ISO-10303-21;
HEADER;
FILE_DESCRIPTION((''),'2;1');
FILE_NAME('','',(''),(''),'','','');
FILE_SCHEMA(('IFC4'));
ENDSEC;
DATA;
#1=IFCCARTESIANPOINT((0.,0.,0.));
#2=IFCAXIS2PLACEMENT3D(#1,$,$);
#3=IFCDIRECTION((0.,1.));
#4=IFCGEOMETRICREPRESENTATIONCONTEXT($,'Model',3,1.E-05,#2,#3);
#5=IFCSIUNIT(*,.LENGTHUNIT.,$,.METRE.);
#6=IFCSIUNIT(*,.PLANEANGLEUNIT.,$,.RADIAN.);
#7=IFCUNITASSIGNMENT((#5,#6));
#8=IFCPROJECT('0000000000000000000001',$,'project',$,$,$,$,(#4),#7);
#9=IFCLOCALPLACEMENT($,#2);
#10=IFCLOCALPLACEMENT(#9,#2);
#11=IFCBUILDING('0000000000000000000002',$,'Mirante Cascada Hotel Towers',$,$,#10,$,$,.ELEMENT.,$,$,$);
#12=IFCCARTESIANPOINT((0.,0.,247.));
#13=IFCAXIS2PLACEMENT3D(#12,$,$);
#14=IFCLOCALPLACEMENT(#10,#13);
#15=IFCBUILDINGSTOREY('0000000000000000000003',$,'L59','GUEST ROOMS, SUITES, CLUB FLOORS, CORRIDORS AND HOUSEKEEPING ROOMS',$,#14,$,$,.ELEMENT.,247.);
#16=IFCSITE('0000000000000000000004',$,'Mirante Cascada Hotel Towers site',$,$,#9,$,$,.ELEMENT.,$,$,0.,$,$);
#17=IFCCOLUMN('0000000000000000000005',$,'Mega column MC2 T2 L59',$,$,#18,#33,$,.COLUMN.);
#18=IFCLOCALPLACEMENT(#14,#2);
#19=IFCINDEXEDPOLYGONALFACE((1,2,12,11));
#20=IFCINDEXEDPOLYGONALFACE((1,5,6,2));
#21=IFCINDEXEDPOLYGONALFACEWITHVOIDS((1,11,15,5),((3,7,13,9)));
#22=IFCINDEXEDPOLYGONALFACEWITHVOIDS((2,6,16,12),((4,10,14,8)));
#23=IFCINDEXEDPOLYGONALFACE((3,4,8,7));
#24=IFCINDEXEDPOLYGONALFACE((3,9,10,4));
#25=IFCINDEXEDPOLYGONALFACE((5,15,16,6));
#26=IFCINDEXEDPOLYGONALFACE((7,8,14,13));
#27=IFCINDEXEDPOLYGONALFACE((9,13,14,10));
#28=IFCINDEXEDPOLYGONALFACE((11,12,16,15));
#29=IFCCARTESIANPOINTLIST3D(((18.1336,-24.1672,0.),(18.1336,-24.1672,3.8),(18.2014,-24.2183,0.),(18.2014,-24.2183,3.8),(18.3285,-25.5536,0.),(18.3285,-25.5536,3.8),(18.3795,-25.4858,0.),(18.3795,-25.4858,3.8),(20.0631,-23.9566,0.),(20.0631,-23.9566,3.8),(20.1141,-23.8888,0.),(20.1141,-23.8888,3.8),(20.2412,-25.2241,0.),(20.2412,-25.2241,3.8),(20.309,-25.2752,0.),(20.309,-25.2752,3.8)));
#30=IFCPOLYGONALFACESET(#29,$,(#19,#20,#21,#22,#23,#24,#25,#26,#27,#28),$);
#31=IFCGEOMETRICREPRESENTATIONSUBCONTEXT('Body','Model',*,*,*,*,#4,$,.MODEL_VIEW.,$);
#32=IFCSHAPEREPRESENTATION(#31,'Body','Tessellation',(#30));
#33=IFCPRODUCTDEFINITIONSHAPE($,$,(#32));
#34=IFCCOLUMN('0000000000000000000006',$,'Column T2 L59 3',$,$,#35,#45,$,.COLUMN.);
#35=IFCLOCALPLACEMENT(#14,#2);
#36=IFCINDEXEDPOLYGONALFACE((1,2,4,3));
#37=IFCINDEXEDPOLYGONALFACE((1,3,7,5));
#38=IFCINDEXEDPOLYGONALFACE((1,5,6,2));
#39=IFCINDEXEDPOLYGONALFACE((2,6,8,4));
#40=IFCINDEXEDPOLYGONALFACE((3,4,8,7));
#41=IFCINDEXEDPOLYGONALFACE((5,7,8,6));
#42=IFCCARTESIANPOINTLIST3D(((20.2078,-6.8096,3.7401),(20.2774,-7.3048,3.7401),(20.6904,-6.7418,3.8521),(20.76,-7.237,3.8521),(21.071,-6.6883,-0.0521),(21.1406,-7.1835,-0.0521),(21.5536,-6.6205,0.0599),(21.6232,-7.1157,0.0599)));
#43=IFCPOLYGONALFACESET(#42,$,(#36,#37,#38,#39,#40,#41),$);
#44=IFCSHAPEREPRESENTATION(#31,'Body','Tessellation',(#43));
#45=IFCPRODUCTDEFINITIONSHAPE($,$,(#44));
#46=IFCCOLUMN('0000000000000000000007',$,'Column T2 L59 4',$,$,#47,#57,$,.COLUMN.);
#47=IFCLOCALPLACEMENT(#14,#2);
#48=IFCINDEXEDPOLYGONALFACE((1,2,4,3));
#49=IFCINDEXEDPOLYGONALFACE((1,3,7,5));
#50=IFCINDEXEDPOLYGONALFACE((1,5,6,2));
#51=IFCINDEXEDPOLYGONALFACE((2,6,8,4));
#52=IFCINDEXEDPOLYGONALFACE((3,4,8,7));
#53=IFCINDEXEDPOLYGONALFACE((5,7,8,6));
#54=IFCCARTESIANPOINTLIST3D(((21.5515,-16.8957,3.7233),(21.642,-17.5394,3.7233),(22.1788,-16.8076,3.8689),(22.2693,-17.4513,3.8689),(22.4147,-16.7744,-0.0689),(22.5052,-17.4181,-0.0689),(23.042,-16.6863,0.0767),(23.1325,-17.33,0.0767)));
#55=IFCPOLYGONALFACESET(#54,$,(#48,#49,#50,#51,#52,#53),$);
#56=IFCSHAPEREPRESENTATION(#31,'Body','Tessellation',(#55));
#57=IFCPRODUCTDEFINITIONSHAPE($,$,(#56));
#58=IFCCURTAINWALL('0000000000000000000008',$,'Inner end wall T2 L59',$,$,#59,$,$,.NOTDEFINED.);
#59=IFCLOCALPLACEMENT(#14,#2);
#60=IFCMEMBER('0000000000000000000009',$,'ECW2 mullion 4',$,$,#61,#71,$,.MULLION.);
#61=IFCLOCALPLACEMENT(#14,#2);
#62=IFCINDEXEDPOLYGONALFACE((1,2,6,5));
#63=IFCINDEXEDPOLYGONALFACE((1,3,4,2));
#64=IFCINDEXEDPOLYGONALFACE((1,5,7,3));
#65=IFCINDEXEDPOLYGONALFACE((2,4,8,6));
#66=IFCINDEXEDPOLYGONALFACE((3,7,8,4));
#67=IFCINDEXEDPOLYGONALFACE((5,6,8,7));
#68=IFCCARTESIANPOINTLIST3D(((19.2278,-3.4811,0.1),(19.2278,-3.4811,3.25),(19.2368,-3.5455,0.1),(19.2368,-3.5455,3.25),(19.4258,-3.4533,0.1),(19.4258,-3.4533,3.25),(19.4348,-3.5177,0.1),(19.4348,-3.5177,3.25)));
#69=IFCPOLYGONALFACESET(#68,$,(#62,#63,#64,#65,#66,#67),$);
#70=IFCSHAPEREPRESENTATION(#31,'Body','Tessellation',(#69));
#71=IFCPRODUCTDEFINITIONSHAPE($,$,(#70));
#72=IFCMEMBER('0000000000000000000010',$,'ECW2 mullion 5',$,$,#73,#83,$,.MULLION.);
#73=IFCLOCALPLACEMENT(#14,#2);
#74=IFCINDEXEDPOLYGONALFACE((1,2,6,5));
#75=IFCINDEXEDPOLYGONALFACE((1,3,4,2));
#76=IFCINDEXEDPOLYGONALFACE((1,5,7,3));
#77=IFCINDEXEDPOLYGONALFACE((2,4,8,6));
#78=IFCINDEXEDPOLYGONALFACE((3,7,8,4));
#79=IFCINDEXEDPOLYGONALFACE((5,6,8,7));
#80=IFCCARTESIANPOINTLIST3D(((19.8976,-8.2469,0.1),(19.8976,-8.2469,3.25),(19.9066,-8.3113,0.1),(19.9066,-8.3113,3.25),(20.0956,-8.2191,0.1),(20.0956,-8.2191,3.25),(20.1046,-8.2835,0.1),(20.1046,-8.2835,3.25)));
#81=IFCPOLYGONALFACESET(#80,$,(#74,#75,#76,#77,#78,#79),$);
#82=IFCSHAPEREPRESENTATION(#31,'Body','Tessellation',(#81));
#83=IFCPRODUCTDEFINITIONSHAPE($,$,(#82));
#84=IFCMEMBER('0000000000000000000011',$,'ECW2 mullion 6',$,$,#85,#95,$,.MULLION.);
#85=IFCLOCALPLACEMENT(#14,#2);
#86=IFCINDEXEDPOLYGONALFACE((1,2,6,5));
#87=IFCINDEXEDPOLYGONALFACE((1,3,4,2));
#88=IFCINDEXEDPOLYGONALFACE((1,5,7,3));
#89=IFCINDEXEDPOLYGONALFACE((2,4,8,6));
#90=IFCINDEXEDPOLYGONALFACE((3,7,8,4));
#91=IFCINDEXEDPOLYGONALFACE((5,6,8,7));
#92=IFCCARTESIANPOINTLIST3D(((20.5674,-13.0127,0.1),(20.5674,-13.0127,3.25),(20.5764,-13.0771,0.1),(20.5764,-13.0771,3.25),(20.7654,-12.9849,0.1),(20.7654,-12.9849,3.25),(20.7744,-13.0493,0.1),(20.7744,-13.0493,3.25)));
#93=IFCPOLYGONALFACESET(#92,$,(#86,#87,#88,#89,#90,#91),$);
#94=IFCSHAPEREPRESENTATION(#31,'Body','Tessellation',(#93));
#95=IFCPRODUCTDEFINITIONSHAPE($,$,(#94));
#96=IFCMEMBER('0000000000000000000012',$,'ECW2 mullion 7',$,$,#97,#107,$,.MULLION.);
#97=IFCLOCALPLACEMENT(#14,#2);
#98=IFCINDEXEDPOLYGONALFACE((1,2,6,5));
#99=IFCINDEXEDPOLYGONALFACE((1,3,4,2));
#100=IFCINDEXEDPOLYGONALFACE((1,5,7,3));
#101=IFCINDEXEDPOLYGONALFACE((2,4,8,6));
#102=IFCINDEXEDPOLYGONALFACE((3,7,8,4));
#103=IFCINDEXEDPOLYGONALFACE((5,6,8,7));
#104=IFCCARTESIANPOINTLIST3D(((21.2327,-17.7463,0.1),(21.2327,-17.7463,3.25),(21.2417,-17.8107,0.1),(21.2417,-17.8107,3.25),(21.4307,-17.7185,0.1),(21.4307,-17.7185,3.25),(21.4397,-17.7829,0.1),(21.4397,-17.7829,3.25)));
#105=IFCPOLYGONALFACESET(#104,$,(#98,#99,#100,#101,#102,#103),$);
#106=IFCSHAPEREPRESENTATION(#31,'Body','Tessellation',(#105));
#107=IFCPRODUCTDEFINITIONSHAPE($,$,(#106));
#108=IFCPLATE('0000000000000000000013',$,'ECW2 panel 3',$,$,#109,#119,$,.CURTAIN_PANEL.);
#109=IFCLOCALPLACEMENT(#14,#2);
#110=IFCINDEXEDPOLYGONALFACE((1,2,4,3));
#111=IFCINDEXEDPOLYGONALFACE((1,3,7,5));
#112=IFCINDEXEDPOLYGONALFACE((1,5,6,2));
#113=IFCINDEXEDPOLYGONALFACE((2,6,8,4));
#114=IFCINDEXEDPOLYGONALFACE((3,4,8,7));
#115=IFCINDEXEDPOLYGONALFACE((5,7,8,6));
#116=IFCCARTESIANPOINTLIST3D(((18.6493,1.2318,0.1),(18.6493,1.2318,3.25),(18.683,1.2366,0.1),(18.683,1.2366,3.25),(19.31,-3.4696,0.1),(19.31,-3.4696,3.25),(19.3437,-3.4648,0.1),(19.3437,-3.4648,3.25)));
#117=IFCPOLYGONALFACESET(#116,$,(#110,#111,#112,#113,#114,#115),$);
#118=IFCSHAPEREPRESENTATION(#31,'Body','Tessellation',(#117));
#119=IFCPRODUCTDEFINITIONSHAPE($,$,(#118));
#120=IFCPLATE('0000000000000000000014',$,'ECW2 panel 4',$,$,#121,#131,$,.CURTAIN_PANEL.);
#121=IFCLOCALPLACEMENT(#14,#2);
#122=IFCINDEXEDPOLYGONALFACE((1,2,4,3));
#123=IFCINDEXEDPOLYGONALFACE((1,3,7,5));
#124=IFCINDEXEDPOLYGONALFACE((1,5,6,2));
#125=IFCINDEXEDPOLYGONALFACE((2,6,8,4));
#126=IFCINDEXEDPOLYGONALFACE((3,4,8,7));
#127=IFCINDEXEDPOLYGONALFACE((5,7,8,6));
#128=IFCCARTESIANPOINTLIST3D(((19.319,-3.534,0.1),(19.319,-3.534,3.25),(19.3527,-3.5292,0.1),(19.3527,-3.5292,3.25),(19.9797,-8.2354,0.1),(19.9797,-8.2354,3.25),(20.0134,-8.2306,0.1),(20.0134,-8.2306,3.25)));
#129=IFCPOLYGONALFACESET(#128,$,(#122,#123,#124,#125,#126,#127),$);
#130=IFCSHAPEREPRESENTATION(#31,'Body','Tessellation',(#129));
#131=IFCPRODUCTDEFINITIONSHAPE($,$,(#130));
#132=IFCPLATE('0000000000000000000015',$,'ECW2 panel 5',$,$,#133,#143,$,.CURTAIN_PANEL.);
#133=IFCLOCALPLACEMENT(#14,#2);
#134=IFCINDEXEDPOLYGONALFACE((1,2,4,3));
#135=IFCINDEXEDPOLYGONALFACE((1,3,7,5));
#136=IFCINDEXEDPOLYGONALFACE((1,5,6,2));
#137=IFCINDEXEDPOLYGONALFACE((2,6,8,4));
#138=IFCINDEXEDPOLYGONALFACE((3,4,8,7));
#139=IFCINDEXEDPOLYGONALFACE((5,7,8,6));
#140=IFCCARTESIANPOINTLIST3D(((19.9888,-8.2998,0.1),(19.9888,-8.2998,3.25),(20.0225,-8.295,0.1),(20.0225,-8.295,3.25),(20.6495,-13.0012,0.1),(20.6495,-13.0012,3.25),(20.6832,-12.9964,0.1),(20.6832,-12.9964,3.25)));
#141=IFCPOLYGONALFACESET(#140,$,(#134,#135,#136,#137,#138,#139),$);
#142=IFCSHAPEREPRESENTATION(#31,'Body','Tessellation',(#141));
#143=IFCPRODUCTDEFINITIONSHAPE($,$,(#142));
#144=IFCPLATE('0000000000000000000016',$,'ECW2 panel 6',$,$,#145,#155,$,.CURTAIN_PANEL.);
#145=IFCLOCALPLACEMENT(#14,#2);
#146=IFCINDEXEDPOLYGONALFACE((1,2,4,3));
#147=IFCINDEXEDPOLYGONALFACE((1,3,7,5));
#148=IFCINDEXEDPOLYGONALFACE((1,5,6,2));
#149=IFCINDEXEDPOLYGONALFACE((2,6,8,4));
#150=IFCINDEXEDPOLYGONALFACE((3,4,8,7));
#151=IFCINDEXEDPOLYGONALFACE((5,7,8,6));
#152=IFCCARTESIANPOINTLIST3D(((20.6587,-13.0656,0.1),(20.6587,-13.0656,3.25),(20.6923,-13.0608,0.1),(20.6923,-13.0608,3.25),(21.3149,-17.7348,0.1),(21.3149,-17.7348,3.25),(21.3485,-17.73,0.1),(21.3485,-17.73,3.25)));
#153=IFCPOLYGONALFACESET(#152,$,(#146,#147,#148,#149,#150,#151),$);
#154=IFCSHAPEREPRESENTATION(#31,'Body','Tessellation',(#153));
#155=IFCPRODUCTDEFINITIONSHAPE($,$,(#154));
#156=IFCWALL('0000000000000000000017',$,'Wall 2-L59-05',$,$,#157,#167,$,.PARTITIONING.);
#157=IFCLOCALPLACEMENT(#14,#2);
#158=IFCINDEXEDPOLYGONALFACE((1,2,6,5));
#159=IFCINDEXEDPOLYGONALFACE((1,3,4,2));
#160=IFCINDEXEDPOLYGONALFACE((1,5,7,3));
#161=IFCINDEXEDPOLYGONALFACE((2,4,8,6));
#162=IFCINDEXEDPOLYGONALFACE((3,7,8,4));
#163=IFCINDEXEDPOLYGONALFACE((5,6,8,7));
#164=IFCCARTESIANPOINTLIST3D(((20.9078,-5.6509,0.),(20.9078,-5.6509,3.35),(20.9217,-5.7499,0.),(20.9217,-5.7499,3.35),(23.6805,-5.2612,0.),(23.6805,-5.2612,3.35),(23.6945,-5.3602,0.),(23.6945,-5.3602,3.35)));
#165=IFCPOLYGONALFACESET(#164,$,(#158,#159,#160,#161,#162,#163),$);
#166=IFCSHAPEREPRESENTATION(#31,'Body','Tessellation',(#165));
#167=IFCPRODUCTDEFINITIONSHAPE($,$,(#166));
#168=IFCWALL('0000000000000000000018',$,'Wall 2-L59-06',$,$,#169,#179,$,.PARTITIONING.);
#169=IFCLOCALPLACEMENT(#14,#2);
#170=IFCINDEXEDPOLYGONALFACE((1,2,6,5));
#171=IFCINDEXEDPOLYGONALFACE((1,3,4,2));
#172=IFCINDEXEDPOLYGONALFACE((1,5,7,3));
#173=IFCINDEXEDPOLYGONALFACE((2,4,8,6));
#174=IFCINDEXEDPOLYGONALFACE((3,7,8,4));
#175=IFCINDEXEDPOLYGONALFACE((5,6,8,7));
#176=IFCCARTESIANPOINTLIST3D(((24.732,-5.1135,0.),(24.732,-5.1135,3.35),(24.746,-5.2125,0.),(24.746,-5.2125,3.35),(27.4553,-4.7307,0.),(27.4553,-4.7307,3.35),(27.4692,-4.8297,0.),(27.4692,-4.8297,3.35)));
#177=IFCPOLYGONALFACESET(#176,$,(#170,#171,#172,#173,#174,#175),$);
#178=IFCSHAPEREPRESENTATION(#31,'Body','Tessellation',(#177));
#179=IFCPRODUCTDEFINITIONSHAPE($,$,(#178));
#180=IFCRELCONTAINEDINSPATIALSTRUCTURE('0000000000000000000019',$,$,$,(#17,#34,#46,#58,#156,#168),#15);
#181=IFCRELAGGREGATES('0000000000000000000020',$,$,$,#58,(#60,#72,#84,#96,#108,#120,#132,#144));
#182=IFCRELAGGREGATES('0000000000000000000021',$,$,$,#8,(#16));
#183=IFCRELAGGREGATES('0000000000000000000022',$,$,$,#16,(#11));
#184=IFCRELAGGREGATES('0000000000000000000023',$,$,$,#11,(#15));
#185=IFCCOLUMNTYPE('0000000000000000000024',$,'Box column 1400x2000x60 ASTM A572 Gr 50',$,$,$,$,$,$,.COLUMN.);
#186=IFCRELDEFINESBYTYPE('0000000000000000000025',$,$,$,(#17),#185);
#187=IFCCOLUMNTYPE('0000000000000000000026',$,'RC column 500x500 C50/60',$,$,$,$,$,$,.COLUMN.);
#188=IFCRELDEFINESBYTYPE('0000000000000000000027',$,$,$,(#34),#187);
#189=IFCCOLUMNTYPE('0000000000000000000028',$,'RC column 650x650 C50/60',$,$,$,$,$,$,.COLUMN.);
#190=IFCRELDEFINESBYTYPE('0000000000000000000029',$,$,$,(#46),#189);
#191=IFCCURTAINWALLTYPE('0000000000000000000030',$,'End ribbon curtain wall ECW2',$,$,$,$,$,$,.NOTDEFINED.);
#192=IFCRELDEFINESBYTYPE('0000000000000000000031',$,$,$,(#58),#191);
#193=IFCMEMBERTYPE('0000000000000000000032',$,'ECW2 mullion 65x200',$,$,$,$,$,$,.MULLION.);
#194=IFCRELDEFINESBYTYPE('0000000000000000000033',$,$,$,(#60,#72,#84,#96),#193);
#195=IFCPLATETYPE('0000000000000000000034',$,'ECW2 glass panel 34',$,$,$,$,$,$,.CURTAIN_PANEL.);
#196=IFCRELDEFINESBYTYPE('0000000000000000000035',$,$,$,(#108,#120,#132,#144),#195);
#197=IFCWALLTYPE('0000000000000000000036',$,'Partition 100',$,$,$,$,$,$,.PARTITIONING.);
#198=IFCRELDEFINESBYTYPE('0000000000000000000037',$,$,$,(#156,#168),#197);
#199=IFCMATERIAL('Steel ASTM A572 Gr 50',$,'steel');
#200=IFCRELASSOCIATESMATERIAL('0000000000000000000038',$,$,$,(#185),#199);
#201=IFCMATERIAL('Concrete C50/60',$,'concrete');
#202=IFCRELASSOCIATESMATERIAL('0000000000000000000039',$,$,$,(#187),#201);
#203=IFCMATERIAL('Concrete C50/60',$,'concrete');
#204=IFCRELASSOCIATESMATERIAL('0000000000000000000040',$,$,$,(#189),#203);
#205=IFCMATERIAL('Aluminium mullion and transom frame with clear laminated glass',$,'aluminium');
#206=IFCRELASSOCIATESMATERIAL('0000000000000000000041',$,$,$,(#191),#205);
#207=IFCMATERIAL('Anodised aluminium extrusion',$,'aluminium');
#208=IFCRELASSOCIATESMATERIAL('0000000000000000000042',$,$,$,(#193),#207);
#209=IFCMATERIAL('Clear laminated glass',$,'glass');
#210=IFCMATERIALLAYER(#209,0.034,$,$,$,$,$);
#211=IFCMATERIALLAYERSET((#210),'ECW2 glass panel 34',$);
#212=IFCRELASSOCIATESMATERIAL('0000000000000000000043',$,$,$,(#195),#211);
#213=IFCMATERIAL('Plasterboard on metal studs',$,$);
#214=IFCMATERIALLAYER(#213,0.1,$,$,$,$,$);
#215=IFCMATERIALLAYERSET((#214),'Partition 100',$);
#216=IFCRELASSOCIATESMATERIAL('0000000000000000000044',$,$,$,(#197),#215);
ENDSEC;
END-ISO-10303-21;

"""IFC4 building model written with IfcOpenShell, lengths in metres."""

from ifc_helpers import new_model, si_unit, direction, frame, frame_2d, origin, origin_2d, place, context, subcontext, project, spatial, rectangle, hollow_rectangle, extrude, material, layer, layer_set, material_profile, profile_set, type_object, element, aggregate, save


model = new_model("IFC4")

# Units and contexts
model_context = context("Model", 3, precision=1e-05, world=origin(), true_north=direction((0.0, 1.0)))
body_context = subcontext(model_context, "Body", "Model", "MODEL_VIEW")
ifc_project = project(units=[si_unit("LENGTHUNIT", "METRE"), si_unit("PLANEANGLEUNIT", "RADIAN")], contexts=[model_context])

# Site, building, storey
site_placement = place(None, origin())
site = spatial("IfcSite", under=ifc_project, at=site_placement, Name="Mirante Cascada Hotel Towers site", CompositionType="ELEMENT", RefElevation=0.0)
building_placement = place(site_placement, origin())
building = spatial("IfcBuilding", under=site, at=building_placement, Name="Mirante Cascada Hotel Towers", CompositionType="ELEMENT")
storey_placement = place(building_placement, frame((0.0, 0.0, 247.0)))
storey = spatial("IfcBuildingStorey", under=building, at=storey_placement, Name="L59", Description="GUEST ROOMS, SUITES, CLUB FLOORS, CORRIDORS AND HOUSEKEEPING ROOMS", CompositionType="ELEMENT", Elevation=247.0)

# Columns
ifc_material_1 = material(Name="Steel ASTM A572 Gr 50", Category="steel")
ifc_material_profile_1 = material_profile(ifc_material_1, hollow_rectangle(XDim=2.0, YDim=1.4, WallThickness=0.06, at=origin_2d()), Name="Box column 1400x2000x60 ASTM A572 Gr 50")
ifc_profile_set_1 = profile_set([ifc_material_profile_1], Name="Steel ASTM A572 Gr 50")
column_type_1 = type_object("IfcColumnType", Name="Box column 1400x2000x60 ASTM A572 Gr 50", PredefinedType="COLUMN", material=ifc_profile_set_1)
column_1_placement = place(storey_placement, frame((19.2213, -24.7212, 0.0), z_axis=(0.0, 0.0, 1.0), x_axis=(0.990268, 0.139173, 0.0)))
element("IfcColumn", 1, at=column_1_placement, inside=storey, type_object=column_type_1, Name="Mega column MC2 T2 L59", PredefinedType="COLUMN", context=body_context, shape_type="SweptSolid", body=[
    extrude(hollow_rectangle(XDim=2.0, YDim=1.4, WallThickness=0.06, at=origin_2d()), origin(), (0.0, 0.0, 1.0), 3.8),
])
ifc_material_2 = material(Name="Concrete C50/60", Category="concrete")
ifc_material_profile_2 = material_profile(ifc_material_2, rectangle(XDim=0.5, YDim=0.5, at=origin_2d()), Name="RC column 500x500 C50/60")
ifc_profile_set_2 = profile_set([ifc_material_profile_2], Name="Concrete C50/60")
column_type_2 = type_object("IfcColumnType", Name="RC column 500x500 C50/60", PredefinedType="COLUMN", material=ifc_profile_set_2)
column_2_placement = place(storey_placement, frame((21.3471, -6.902, 0.0039), z_axis=(-0.22184, -0.031174, 0.974585), x_axis=(0.139156, -0.99027, 0.0)))
element("IfcColumn", 2, at=column_2_placement, inside=storey, type_object=column_type_2, Name="Column T2 L59 3", PredefinedType="COLUMN", context=body_context, shape_type="SweptSolid", body=[
    extrude(rectangle(XDim=0.5, YDim=0.5, at=origin_2d()), origin(), (0.0, 0.0, 1.0), 3.8911),
])
ifc_material_3 = material(Name="Concrete C50/60", Category="concrete")
ifc_material_profile_3 = material_profile(ifc_material_3, rectangle(XDim=0.65, YDim=0.65, at=origin_2d()), Name="RC column 650x650 C50/60")
ifc_profile_set_3 = profile_set([ifc_material_profile_3], Name="Concrete C50/60")
column_type_3 = type_object("IfcColumnType", Name="RC column 650x650 C50/60", PredefinedType="COLUMN", material=ifc_profile_set_3)
column_3_placement = place(storey_placement, frame((22.7736, -17.0522, 0.0039), z_axis=(-0.22184, -0.031174, 0.974585), x_axis=(0.139156, -0.99027, 0.0)))
element("IfcColumn", 3, at=column_3_placement, inside=storey, type_object=column_type_3, Name="Column T2 L59 4", PredefinedType="COLUMN", context=body_context, shape_type="SweptSolid", body=[
    extrude(rectangle(XDim=0.65, YDim=0.65, at=origin_2d()), origin(), (0.0, 0.0, 1.0), 3.8911),
])

# Curtain wall, members, plates
ifc_material_4 = material(Name="Aluminium mullion and transom frame with clear laminated glass", Category="aluminium")
curtain_wall_type = type_object("IfcCurtainWallType", Name="End ribbon curtain wall ECW2", PredefinedType="NOTDEFINED", material=ifc_material_4)
curtain_wall_placement = place(storey_placement, origin())
curtain_wall = element("IfcCurtainWall", 4, at=curtain_wall_placement, inside=storey, type_object=curtain_wall_type, Name="Inner end wall T2 L59", PredefinedType="NOTDEFINED")
ifc_material_5 = material(Name="Anodised aluminium extrusion", Category="aluminium")
ifc_material_profile_4 = material_profile(ifc_material_5, rectangle(XDim=0.2, YDim=0.065, at=origin_2d()), Name="ECW2 MULLION 65x200")
ifc_profile_set_4 = profile_set([ifc_material_profile_4], Name="Anodised aluminium extrusion")
member_type = type_object("IfcMemberType", Name="ECW2 mullion 65x200", PredefinedType="MULLION", material=ifc_profile_set_4)
member_1_placement = place(storey_placement, frame((19.3313, -3.4994, 0.1), z_axis=(0.0, 0.0, 1.0), x_axis=(0.990268, 0.139173, 0.0)))
member_1 = element("IfcMember", 5, at=member_1_placement, type_object=member_type, Name="ECW2 mullion 4", PredefinedType="MULLION", context=body_context, shape_type="SweptSolid", body=[
    extrude(rectangle(XDim=0.2, YDim=0.065, at=origin_2d()), origin(), (0.0, 0.0, 1.0), 3.15),
])
member_2_placement = place(storey_placement, frame((20.0011, -8.2652, 0.1), z_axis=(0.0, 0.0, 1.0), x_axis=(0.990268, 0.139173, 0.0)))
member_2 = element("IfcMember", 6, at=member_2_placement, type_object=member_type, Name="ECW2 mullion 5", PredefinedType="MULLION", context=body_context, shape_type="SweptSolid", body=[
    extrude(rectangle(XDim=0.2, YDim=0.065, at=origin_2d()), origin(), (0.0, 0.0, 1.0), 3.15),
])
member_3_placement = place(storey_placement, frame((20.6709, -13.031, 0.1), z_axis=(0.0, 0.0, 1.0), x_axis=(0.990268, 0.139173, 0.0)))
member_3 = element("IfcMember", 7, at=member_3_placement, type_object=member_type, Name="ECW2 mullion 6", PredefinedType="MULLION", context=body_context, shape_type="SweptSolid", body=[
    extrude(rectangle(XDim=0.2, YDim=0.065, at=origin_2d()), origin(), (0.0, 0.0, 1.0), 3.15),
])
member_4_placement = place(storey_placement, frame((21.3362, -17.7646, 0.1), z_axis=(0.0, 0.0, 1.0), x_axis=(0.990268, 0.139173, 0.0)))
member_4 = element("IfcMember", 8, at=member_4_placement, type_object=member_type, Name="ECW2 mullion 7", PredefinedType="MULLION", context=body_context, shape_type="SweptSolid", body=[
    extrude(rectangle(XDim=0.2, YDim=0.065, at=origin_2d()), origin(), (0.0, 0.0, 1.0), 3.15),
])
ifc_material_6 = material(Name="Clear laminated glass", Category="glass")
ifc_layer_1 = layer(ifc_material_6, 0.034)
ifc_layer_set_1 = layer_set([ifc_layer_1], Name="ECW2 glass panel 34")
plate_type = type_object("IfcPlateType", Name="ECW2 glass panel 34", PredefinedType="CURTAIN_PANEL", material=ifc_layer_set_1)
plate_1_placement = place(storey_placement, frame((18.9965, -1.1165, 0.1), z_axis=(0.0, 0.0, 1.0), x_axis=(0.139173, -0.990268, 0.0)))
plate_1 = element("IfcPlate", 9, at=plate_1_placement, type_object=plate_type, Name="ECW2 panel 3", PredefinedType="CURTAIN_PANEL", context=body_context, shape_type="SweptSolid", body=[
    extrude(rectangle(XDim=4.7476, YDim=0.034, at=origin_2d()), origin(), (0.0, 0.0, 1.0), 3.15),
])
plate_2_placement = place(storey_placement, frame((19.6662, -5.8823, 0.1), z_axis=(0.0, 0.0, 1.0), x_axis=(0.139173, -0.990268, 0.0)))
plate_2 = element("IfcPlate", 10, at=plate_2_placement, type_object=plate_type, Name="ECW2 panel 4", PredefinedType="CURTAIN_PANEL", context=body_context, shape_type="SweptSolid", body=[
    extrude(rectangle(XDim=4.7476, YDim=0.034, at=origin_2d()), origin(), (0.0, 0.0, 1.0), 3.15),
])
plate_3_placement = place(storey_placement, frame((20.336, -10.6481, 0.1), z_axis=(0.0, 0.0, 1.0), x_axis=(0.139173, -0.990268, 0.0)))
plate_3 = element("IfcPlate", 11, at=plate_3_placement, type_object=plate_type, Name="ECW2 panel 5", PredefinedType="CURTAIN_PANEL", context=body_context, shape_type="SweptSolid", body=[
    extrude(rectangle(XDim=4.7476, YDim=0.034, at=origin_2d()), origin(), (0.0, 0.0, 1.0), 3.15),
])
plate_4_placement = place(storey_placement, frame((21.0036, -15.3978, 0.1), z_axis=(0.0, 0.0, 1.0), x_axis=(0.139173, -0.990268, 0.0)))
plate_4 = element("IfcPlate", 12, at=plate_4_placement, type_object=plate_type, Name="ECW2 panel 6", PredefinedType="CURTAIN_PANEL", context=body_context, shape_type="SweptSolid", body=[
    extrude(rectangle(XDim=4.7151, YDim=0.034, at=origin_2d()), origin(), (0.0, 0.0, 1.0), 3.15),
])
aggregate(curtain_wall, [member_1, member_2, member_3, member_4, plate_1, plate_2, plate_3, plate_4])

# Walls
ifc_material_7 = material(Name="Plasterboard on metal studs")
ifc_layer_2 = layer(ifc_material_7, 0.1)
ifc_layer_set_2 = layer_set([ifc_layer_2], Name="Partition 100")
wall_type_1 = type_object("IfcWallType", Name="Partition 100", PredefinedType="PARTITIONING", material=ifc_layer_set_2)
wall_1_placement = place(storey_placement, frame((23.6875, -5.3107, 0.0), z_axis=(0.0, 0.0, 1.0), x_axis=(-0.990267, -0.139181, 0.0)))
element("IfcWall", 13, at=wall_1_placement, inside=storey, type_object=wall_type_1, Name="Wall 2-L59-05", PredefinedType="PARTITIONING", context=body_context, shape_type="SweptSolid", body=[
    extrude(rectangle(XDim=2.8, YDim=0.1, at=frame_2d((1.4, 0.0))), origin(), (0.0, 0.0, 1.0), 3.35),
])
wall_2_placement = place(storey_placement, frame((24.739, -5.163, 0.0), z_axis=(0.0, 0.0, 1.0), x_axis=(0.990264, 0.139201, 0.0)))
element("IfcWall", 14, at=wall_2_placement, inside=storey, type_object=wall_type_1, Name="Wall 2-L59-06", PredefinedType="PARTITIONING", context=body_context, shape_type="SweptSolid", body=[
    extrude(rectangle(XDim=2.75, YDim=0.1, at=frame_2d((1.375, 0.0))), origin(), (0.0, 0.0, 1.0), 3.35),
])

save(model, "model.ifc")
